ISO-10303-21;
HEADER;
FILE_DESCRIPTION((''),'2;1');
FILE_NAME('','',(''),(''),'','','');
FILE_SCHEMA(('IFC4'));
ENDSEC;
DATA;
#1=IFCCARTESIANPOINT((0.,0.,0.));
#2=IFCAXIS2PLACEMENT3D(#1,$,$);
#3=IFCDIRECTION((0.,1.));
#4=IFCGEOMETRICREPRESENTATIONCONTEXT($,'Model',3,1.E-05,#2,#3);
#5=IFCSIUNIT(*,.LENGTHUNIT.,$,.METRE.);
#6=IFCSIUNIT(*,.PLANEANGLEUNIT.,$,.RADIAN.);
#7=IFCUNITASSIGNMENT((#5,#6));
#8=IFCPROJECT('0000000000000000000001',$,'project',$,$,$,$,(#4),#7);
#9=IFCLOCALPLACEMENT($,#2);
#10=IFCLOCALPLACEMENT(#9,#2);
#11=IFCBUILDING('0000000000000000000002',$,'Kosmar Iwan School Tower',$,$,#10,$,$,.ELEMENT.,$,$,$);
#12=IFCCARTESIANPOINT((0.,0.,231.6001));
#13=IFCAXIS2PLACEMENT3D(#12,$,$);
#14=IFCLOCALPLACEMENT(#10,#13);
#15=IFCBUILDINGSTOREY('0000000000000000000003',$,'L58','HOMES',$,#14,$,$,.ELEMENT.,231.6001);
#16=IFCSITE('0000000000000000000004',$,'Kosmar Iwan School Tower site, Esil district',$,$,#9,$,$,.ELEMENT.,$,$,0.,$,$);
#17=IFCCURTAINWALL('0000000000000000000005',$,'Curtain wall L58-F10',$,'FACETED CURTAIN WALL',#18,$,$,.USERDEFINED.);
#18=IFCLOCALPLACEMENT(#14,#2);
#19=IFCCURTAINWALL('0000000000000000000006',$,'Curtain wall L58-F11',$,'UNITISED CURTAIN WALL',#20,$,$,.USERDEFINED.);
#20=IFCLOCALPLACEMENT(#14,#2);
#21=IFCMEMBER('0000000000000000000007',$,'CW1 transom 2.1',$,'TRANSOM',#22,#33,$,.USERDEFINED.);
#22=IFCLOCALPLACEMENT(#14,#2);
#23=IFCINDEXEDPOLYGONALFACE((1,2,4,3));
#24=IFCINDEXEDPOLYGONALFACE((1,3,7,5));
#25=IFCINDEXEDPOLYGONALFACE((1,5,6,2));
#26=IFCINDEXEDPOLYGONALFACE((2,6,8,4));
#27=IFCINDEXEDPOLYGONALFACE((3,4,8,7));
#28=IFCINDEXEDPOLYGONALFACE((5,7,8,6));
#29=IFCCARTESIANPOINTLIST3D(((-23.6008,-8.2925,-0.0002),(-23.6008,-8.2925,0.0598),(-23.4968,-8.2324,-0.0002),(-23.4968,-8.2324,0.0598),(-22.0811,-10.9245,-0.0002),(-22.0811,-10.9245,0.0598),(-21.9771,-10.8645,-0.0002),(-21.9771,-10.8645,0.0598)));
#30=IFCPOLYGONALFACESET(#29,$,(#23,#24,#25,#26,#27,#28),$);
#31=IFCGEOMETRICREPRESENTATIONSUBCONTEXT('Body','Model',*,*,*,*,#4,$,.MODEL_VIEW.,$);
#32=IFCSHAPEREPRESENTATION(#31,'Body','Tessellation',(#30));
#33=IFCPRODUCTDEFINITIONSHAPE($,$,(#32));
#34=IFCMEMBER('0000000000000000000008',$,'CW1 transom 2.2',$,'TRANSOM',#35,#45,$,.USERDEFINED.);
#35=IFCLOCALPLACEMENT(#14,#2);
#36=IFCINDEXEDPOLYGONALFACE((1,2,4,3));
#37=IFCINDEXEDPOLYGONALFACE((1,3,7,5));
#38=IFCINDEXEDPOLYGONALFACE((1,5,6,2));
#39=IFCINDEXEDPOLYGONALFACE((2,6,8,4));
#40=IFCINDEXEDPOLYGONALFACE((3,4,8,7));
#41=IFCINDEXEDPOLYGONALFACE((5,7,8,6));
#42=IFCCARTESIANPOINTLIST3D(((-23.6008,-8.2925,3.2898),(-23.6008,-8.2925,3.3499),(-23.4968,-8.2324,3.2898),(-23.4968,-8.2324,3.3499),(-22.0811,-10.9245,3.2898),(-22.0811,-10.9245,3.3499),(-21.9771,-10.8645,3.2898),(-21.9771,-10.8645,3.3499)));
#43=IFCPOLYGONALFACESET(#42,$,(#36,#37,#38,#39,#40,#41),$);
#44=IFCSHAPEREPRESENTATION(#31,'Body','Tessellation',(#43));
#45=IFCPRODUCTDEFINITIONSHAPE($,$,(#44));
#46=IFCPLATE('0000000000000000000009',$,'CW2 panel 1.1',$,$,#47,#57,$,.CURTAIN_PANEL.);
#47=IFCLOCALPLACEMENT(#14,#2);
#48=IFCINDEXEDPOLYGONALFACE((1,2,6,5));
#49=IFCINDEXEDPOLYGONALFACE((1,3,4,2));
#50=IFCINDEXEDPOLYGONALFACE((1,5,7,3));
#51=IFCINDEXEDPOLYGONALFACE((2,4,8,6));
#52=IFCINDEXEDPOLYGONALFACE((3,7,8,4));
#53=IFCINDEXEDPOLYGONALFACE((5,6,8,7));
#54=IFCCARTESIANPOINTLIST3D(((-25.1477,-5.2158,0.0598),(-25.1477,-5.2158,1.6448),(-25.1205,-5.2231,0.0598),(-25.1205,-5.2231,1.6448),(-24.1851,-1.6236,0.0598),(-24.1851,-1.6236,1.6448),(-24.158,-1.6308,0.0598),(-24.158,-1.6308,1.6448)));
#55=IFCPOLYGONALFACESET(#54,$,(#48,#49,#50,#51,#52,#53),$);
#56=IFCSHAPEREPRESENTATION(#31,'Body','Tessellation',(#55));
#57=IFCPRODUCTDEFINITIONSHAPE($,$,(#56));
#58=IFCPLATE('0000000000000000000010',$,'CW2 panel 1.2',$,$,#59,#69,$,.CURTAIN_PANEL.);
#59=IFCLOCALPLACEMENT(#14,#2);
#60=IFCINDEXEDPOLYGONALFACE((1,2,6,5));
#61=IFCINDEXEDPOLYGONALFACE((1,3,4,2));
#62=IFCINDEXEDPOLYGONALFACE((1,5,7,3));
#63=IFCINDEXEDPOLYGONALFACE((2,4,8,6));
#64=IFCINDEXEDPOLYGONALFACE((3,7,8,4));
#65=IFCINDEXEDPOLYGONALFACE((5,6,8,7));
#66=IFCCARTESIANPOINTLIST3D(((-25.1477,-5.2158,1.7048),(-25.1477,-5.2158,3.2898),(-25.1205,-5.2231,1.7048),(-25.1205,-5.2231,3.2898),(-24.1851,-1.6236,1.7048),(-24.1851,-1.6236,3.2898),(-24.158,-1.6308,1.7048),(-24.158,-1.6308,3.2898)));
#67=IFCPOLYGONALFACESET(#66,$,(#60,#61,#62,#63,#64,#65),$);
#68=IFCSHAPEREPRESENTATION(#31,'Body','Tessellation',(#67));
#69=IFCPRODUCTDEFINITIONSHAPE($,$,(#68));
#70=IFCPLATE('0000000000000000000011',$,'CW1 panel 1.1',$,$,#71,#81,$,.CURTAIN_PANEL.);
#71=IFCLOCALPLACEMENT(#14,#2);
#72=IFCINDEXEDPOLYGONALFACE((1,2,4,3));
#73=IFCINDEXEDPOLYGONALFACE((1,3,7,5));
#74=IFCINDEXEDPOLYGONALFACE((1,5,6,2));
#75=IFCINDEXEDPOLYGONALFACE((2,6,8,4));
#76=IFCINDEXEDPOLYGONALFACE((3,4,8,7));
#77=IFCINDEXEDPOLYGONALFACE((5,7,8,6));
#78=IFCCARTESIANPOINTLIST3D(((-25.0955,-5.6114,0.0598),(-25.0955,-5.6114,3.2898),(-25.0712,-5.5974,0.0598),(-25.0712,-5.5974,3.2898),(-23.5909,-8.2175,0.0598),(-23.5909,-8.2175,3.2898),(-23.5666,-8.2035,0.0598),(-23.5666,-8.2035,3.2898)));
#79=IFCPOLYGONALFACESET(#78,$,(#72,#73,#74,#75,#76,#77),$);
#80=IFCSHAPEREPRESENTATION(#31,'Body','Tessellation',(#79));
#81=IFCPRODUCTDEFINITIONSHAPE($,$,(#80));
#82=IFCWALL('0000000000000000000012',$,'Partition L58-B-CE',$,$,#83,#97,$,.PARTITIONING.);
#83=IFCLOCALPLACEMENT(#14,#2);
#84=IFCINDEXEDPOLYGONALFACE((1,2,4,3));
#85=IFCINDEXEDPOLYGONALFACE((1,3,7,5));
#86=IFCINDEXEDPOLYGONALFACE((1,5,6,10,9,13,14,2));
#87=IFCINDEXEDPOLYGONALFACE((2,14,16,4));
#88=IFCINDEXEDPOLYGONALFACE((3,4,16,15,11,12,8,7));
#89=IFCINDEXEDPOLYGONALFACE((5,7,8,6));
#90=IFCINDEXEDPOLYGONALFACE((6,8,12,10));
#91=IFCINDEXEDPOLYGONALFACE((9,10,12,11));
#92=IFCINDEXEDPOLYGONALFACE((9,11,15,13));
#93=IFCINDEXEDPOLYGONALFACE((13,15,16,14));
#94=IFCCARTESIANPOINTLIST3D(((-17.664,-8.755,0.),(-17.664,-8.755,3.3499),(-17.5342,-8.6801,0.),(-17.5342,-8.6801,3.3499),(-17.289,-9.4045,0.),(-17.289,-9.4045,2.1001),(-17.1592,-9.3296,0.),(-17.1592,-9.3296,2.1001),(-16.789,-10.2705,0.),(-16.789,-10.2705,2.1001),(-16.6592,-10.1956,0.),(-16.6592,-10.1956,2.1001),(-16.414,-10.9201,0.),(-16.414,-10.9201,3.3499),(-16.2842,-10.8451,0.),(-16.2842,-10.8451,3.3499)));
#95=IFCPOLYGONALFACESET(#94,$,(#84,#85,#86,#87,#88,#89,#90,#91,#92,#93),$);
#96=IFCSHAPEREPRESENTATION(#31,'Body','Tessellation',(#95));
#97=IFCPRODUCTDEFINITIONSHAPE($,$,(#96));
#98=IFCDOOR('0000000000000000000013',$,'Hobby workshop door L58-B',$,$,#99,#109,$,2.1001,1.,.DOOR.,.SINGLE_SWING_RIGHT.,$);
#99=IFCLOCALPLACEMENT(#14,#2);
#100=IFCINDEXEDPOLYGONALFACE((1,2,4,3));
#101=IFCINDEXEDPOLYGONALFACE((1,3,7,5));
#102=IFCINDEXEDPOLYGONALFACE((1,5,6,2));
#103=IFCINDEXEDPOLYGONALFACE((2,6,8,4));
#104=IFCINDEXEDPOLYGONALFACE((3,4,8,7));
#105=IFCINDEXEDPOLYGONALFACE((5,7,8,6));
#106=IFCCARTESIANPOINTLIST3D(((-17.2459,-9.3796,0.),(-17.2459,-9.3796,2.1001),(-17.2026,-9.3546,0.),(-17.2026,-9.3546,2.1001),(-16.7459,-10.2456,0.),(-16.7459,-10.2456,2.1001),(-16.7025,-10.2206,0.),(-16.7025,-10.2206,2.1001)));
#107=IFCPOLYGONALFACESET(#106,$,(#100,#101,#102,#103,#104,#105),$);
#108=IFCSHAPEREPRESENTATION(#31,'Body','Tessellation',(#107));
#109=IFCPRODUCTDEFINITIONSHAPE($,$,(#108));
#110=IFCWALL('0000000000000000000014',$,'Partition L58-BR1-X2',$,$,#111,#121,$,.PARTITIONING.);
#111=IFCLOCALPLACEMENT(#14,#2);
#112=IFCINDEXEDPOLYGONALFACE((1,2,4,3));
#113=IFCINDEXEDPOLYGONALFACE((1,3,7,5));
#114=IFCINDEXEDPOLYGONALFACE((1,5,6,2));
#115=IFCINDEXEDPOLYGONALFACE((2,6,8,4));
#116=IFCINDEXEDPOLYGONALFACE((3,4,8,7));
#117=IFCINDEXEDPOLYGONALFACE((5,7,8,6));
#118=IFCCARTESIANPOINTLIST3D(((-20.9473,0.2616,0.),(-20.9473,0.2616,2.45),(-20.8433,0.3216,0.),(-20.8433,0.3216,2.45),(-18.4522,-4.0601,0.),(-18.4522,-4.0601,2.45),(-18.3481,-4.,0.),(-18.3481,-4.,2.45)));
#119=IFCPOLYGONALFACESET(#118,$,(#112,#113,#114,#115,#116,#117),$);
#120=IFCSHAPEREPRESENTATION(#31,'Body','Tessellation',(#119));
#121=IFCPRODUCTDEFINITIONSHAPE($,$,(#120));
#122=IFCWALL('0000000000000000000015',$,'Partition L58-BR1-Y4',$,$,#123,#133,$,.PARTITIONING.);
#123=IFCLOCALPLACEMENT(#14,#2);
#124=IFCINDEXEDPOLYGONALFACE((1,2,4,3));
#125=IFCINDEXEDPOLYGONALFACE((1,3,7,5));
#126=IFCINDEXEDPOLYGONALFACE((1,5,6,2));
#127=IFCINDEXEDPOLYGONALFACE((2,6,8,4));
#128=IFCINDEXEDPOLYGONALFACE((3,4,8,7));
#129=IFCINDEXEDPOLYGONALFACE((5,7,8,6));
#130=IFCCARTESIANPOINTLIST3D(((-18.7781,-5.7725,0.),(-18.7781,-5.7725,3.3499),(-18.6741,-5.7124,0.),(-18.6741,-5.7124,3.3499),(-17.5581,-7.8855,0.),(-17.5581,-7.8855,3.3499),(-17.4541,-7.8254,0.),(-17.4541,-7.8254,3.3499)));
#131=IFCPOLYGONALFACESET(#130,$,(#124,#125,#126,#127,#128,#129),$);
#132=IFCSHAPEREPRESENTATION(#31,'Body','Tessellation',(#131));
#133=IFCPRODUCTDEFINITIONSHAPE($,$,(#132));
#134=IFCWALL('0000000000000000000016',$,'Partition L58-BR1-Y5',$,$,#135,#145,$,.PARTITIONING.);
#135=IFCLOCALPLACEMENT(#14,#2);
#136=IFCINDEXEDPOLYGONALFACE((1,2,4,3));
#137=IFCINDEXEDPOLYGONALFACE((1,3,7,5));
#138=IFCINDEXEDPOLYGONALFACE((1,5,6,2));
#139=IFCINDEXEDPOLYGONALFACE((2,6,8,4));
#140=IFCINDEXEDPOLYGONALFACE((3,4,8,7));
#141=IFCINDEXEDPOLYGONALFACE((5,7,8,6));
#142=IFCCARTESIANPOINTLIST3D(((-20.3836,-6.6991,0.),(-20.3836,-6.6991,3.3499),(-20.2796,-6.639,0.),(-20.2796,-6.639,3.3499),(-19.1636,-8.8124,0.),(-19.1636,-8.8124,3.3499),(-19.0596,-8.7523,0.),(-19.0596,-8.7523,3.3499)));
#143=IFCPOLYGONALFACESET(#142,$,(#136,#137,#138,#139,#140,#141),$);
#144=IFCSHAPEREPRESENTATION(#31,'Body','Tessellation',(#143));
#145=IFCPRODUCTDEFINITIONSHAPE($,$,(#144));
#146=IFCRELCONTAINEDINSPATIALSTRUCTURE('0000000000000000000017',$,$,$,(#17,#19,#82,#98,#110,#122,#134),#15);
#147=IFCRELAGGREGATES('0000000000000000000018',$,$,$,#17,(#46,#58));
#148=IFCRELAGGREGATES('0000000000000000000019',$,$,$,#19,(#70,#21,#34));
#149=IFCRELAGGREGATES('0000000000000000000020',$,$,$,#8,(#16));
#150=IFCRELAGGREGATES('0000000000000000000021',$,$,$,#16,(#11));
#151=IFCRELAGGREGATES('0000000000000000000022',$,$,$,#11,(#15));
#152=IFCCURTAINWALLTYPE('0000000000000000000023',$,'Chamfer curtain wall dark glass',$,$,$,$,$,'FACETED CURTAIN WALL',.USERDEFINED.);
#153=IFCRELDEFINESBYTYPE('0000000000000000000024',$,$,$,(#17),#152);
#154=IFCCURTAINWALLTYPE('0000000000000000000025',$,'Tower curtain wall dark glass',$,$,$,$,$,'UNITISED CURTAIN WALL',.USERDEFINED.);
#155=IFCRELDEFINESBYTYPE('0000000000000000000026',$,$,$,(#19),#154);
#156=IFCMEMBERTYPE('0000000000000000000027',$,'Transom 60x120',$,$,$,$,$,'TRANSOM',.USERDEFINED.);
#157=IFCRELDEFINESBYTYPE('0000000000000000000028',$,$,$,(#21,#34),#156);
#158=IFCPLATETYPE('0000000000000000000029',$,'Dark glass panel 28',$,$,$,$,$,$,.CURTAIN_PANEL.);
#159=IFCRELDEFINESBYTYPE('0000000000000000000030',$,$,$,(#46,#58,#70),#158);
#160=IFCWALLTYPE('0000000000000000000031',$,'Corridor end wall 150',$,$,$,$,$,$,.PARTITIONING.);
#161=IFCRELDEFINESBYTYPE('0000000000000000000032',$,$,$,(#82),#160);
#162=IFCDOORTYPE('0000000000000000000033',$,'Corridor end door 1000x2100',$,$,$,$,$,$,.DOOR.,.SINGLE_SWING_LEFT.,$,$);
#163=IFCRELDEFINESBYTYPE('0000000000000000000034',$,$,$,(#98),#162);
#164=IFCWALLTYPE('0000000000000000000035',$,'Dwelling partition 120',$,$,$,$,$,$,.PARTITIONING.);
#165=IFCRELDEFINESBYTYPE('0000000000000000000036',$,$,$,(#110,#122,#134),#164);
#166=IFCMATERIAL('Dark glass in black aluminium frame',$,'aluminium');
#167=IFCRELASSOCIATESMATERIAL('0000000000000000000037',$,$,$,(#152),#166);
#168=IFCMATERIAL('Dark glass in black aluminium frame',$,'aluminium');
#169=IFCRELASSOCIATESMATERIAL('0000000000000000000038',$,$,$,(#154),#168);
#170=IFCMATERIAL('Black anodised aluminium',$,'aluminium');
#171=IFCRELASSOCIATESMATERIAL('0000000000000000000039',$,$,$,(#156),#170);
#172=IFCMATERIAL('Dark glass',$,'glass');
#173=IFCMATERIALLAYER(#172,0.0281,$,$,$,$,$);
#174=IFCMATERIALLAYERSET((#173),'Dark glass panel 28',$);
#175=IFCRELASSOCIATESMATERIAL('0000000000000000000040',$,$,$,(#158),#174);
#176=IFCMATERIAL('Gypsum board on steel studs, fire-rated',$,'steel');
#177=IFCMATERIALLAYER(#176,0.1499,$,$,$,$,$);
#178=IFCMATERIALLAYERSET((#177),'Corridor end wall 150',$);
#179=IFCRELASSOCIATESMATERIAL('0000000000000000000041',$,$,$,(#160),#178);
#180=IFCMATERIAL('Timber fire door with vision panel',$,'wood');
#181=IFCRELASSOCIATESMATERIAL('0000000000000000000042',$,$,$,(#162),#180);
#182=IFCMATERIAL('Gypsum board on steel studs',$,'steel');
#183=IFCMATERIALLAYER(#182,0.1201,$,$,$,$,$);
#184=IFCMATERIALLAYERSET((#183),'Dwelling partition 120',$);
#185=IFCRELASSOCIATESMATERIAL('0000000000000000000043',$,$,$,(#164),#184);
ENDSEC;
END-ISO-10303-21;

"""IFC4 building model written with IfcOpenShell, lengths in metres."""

from ifc_helpers import new_model, si_unit, direction, frame, frame_2d, origin, origin_2d, place, context, subcontext, project, spatial, rectangle, extrude, material, layer, layer_set, material_profile, profile_set, type_object, element, fill, aggregate, save


model = new_model("IFC4")

# Units and contexts
model_context = context("Model", 3, precision=1e-05, world=origin(), true_north=direction((0.0, 1.0)))
body_context = subcontext(model_context, "Body", "Model", "MODEL_VIEW")
ifc_project = project(units=[si_unit("LENGTHUNIT", "METRE"), si_unit("PLANEANGLEUNIT", "RADIAN")], contexts=[model_context])

# Site, building, storey
site_placement = place(None, origin())
site = spatial("IfcSite", under=ifc_project, at=site_placement, Name="Kosmar Iwan School Tower site, Esil district", CompositionType="ELEMENT", RefElevation=0.0)
building_placement = place(site_placement, origin())
building = spatial("IfcBuilding", under=site, at=building_placement, Name="Kosmar Iwan School Tower", CompositionType="ELEMENT")
storey_placement = place(building_placement, frame((0.0, 0.0, 231.6001)))
storey = spatial("IfcBuildingStorey", under=building, at=storey_placement, Name="L58", Description="HOMES", CompositionType="ELEMENT", Elevation=231.6001)

# Curtain walls
ifc_material_1 = material(Name="Dark glass in black aluminium frame", Category="aluminium")
curtain_wall_type_1 = type_object("IfcCurtainWallType", Name="Chamfer curtain wall dark glass", ElementType="FACETED CURTAIN WALL", PredefinedType="USERDEFINED", material=ifc_material_1)
curtain_wall_1_placement = place(storey_placement, origin())
curtain_wall_1 = element("IfcCurtainWall", 1, at=curtain_wall_1_placement, inside=storey, type_object=curtain_wall_type_1, Name="Curtain wall L58-F10", ObjectType="FACETED CURTAIN WALL", PredefinedType="USERDEFINED")
ifc_material_2 = material(Name="Dark glass in black aluminium frame", Category="aluminium")
curtain_wall_type_2 = type_object("IfcCurtainWallType", Name="Tower curtain wall dark glass", ElementType="UNITISED CURTAIN WALL", PredefinedType="USERDEFINED", material=ifc_material_2)
curtain_wall_2_placement = place(storey_placement, origin())
curtain_wall_2 = element("IfcCurtainWall", 2, at=curtain_wall_2_placement, inside=storey, type_object=curtain_wall_type_2, Name="Curtain wall L58-F11", ObjectType="UNITISED CURTAIN WALL", PredefinedType="USERDEFINED")

# Members
ifc_material_3 = material(Name="Black anodised aluminium", Category="aluminium")
ifc_material_profile_1 = material_profile(ifc_material_3, rectangle(XDim=0.1201, YDim=0.0601, at=origin_2d()), Name="TRANSOM 60x120")
ifc_profile_set_1 = profile_set([ifc_material_profile_1], Name="Black anodised aluminium")
member_type_1 = type_object("IfcMemberType", Name="Transom 60x120", ElementType="TRANSOM", PredefinedType="USERDEFINED", material=ifc_profile_set_1)
member_1_placement = place(storey_placement, frame((-23.5488, -8.2625, 0.0298), z_axis=(0.500035, -0.866005, 0.0), x_axis=(0.866005, 0.500035, 0.0)))
member_1 = element("IfcMember", 3, at=member_1_placement, type_object=member_type_1, Name="CW1 transom 2.1", ObjectType="TRANSOM", PredefinedType="USERDEFINED", context=body_context, shape_type="SweptSolid", body=[
    extrude(rectangle(XDim=0.1201, YDim=0.0601, at=origin_2d()), origin(), (0.0, 0.0, 1.0), 3.0393),
])
member_2_placement = place(storey_placement, frame((-23.5488, -8.2625, 3.3198), z_axis=(0.500035, -0.866005, 0.0), x_axis=(0.866005, 0.500035, 0.0)))
member_2 = element("IfcMember", 4, at=member_2_placement, type_object=member_type_1, Name="CW1 transom 2.2", ObjectType="TRANSOM", PredefinedType="USERDEFINED", context=body_context, shape_type="SweptSolid", body=[
    extrude(rectangle(XDim=0.1201, YDim=0.0601, at=origin_2d()), origin(), (0.0, 0.0, 1.0), 3.0393),
])

# Plates
ifc_material_4 = material(Name="Dark glass", Category="glass")
ifc_layer_1 = layer(ifc_material_4, 0.0281)
ifc_layer_set_1 = layer_set([ifc_layer_1], Name="Dark glass panel 28")
plate_type = type_object("IfcPlateType", Name="Dark glass panel 28", PredefinedType="CURTAIN_PANEL", material=ifc_layer_set_1)
plate_1_placement = place(storey_placement, frame((-24.6528, -3.4233, 0.0598), z_axis=(0.0, 0.0, 1.0), x_axis=(-0.258819, -0.965926, 0.0)))
plate_1 = element("IfcPlate", 5, at=plate_1_placement, type_object=plate_type, Name="CW2 panel 1.1", PredefinedType="CURTAIN_PANEL", context=body_context, shape_type="SweptSolid", body=[
    extrude(rectangle(XDim=3.719, YDim=0.0281, at=origin_2d()), origin(), (0.0, 0.0, 1.0), 1.585),
])
plate_2_placement = place(storey_placement, frame((-24.6528, -3.4233, 1.7048), z_axis=(0.0, 0.0, 1.0), x_axis=(-0.258819, -0.965926, 0.0)))
plate_2 = element("IfcPlate", 6, at=plate_2_placement, type_object=plate_type, Name="CW2 panel 1.2", PredefinedType="CURTAIN_PANEL", context=body_context, shape_type="SweptSolid", body=[
    extrude(rectangle(XDim=3.719, YDim=0.0281, at=origin_2d()), origin(), (0.0, 0.0, 1.0), 1.585),
])
aggregate(curtain_wall_1, [plate_1, plate_2])
plate_3_placement = place(storey_placement, frame((-24.3311, -6.9075, 0.0598), z_axis=(0.0, 0.0, 1.0), x_axis=(0.5, -0.866025, 0.0)))
plate_3 = element("IfcPlate", 7, at=plate_3_placement, type_object=plate_type, Name="CW1 panel 1.1", PredefinedType="CURTAIN_PANEL", context=body_context, shape_type="SweptSolid", body=[
    extrude(rectangle(XDim=3.0093, YDim=0.0281, at=origin_2d()), origin(), (0.0, 0.0, 1.0), 3.23),
])
aggregate(curtain_wall_2, [plate_3, member_1, member_2])

# Wall, opening, door
ifc_material_5 = material(Name="Gypsum board on steel studs, fire-rated", Category="steel")
ifc_layer_2 = layer(ifc_material_5, 0.1499)
ifc_layer_set_2 = layer_set([ifc_layer_2], Name="Corridor end wall 150")
wall_type_1 = type_object("IfcWallType", Name="Corridor end wall 150", PredefinedType="PARTITIONING", material=ifc_layer_set_2)
wall_1_placement = place(storey_placement, frame((-17.5991, -8.7175, 0.0), z_axis=(0.0, 0.0, 1.0), x_axis=(0.500004, -0.866023, 0.0)))
wall_1 = element("IfcWall", 8, at=wall_1_placement, inside=storey, type_object=wall_type_1, Name="Partition L58-B-CE", PredefinedType="PARTITIONING", context=body_context, shape_type="SweptSolid", body=[
    extrude(rectangle(XDim=2.5, YDim=0.1499, at=frame_2d((1.25, 0.0))), origin(), (0.0, 0.0, 1.0), 3.3499),
])
opening_placement = place(wall_1_placement, frame((0.75, 0.0, 0.0)))
opening = element("IfcOpeningElement", 9, at=opening_placement, cuts=wall_1, PredefinedType="OPENING", context=body_context, shape_type="SweptSolid", body=[
    extrude(rectangle(XDim=1.0, YDim=2.1001, at=frame_2d((0.5, 1.05))), frame((0.0, 0.0869, 0.0), z_axis=(0.0, -1.0, 0.0), x_axis=(1.0, 0.0, 0.0)), (0.0, 0.0, 1.0), 0.1738),
])
ifc_material_6 = material(Name="Timber fire door with vision panel", Category="wood")
door_type = type_object("IfcDoorType", Name="Corridor end door 1000x2100", OperationType="SINGLE_SWING_LEFT", PredefinedType="DOOR", material=ifc_material_6)
door_placement = place(opening_placement, origin())
door = element("IfcDoor", 10, at=door_placement, inside=storey, type_object=door_type, Name="Hobby workshop door L58-B", OperationType="SINGLE_SWING_RIGHT", OverallHeight=2.1001, OverallWidth=1.0, PredefinedType="DOOR", context=body_context, shape_type="SweptSolid", body=[
    extrude(rectangle(XDim=1.0, YDim=2.1001, at=frame_2d((0.5, 1.05))), frame((0.0, 0.0249, 0.0), z_axis=(0.0, -1.0, 0.0), x_axis=(1.0, 0.0, 0.0)), (0.0, 0.0, 1.0), 0.05),
])
fill(opening, door)

# Walls
ifc_material_7 = material(Name="Gypsum board on steel studs", Category="steel")
ifc_layer_3 = layer(ifc_material_7, 0.1201)
ifc_layer_set_3 = layer_set([ifc_layer_3], Name="Dwelling partition 120")
wall_type_2 = type_object("IfcWallType", Name="Dwelling partition 120", PredefinedType="PARTITIONING", material=ifc_layer_set_3)
wall_2_placement = place(storey_placement, frame((-18.4001, -4.03, 0.0), z_axis=(0.0, 0.0, 1.0), x_axis=(-0.500012, 0.866019, 0.0)))
element("IfcWall", 11, at=wall_2_placement, inside=storey, type_object=wall_type_2, Name="Partition L58-BR1-X2", PredefinedType="PARTITIONING", context=body_context, shape_type="SweptSolid", body=[
    extrude(rectangle(XDim=4.9902, YDim=0.1201, at=frame_2d((2.4951, 0.0))), origin(), (0.0, 0.0, 1.0), 2.45),
])
wall_3_placement = place(storey_placement, frame((-17.5061, -7.8555, 0.0), z_axis=(0.0, 0.0, 1.0), x_axis=(-0.500003, 0.866024, 0.0)))
element("IfcWall", 12, at=wall_3_placement, inside=storey, type_object=wall_type_2, Name="Partition L58-BR1-Y4", PredefinedType="PARTITIONING", context=body_context, shape_type="SweptSolid", body=[
    extrude(rectangle(XDim=2.4399, YDim=0.1201, at=frame_2d((1.22, 0.0))), origin(), (0.0, 0.0, 1.0), 3.3499),
])
wall_4_placement = place(storey_placement, frame((-19.1116, -8.7825, 0.0), z_axis=(0.0, 0.0, 1.0), x_axis=(-0.499959, 0.866049, 0.0)))
element("IfcWall", 13, at=wall_4_placement, inside=storey, type_object=wall_type_2, Name="Partition L58-BR1-Y5", PredefinedType="PARTITIONING", context=body_context, shape_type="SweptSolid", body=[
    extrude(rectangle(XDim=2.4402, YDim=0.1201, at=frame_2d((1.2202, 0.0))), origin(), (0.0, 0.0, 1.0), 3.3499),
])

save(model, "model.ifc")
